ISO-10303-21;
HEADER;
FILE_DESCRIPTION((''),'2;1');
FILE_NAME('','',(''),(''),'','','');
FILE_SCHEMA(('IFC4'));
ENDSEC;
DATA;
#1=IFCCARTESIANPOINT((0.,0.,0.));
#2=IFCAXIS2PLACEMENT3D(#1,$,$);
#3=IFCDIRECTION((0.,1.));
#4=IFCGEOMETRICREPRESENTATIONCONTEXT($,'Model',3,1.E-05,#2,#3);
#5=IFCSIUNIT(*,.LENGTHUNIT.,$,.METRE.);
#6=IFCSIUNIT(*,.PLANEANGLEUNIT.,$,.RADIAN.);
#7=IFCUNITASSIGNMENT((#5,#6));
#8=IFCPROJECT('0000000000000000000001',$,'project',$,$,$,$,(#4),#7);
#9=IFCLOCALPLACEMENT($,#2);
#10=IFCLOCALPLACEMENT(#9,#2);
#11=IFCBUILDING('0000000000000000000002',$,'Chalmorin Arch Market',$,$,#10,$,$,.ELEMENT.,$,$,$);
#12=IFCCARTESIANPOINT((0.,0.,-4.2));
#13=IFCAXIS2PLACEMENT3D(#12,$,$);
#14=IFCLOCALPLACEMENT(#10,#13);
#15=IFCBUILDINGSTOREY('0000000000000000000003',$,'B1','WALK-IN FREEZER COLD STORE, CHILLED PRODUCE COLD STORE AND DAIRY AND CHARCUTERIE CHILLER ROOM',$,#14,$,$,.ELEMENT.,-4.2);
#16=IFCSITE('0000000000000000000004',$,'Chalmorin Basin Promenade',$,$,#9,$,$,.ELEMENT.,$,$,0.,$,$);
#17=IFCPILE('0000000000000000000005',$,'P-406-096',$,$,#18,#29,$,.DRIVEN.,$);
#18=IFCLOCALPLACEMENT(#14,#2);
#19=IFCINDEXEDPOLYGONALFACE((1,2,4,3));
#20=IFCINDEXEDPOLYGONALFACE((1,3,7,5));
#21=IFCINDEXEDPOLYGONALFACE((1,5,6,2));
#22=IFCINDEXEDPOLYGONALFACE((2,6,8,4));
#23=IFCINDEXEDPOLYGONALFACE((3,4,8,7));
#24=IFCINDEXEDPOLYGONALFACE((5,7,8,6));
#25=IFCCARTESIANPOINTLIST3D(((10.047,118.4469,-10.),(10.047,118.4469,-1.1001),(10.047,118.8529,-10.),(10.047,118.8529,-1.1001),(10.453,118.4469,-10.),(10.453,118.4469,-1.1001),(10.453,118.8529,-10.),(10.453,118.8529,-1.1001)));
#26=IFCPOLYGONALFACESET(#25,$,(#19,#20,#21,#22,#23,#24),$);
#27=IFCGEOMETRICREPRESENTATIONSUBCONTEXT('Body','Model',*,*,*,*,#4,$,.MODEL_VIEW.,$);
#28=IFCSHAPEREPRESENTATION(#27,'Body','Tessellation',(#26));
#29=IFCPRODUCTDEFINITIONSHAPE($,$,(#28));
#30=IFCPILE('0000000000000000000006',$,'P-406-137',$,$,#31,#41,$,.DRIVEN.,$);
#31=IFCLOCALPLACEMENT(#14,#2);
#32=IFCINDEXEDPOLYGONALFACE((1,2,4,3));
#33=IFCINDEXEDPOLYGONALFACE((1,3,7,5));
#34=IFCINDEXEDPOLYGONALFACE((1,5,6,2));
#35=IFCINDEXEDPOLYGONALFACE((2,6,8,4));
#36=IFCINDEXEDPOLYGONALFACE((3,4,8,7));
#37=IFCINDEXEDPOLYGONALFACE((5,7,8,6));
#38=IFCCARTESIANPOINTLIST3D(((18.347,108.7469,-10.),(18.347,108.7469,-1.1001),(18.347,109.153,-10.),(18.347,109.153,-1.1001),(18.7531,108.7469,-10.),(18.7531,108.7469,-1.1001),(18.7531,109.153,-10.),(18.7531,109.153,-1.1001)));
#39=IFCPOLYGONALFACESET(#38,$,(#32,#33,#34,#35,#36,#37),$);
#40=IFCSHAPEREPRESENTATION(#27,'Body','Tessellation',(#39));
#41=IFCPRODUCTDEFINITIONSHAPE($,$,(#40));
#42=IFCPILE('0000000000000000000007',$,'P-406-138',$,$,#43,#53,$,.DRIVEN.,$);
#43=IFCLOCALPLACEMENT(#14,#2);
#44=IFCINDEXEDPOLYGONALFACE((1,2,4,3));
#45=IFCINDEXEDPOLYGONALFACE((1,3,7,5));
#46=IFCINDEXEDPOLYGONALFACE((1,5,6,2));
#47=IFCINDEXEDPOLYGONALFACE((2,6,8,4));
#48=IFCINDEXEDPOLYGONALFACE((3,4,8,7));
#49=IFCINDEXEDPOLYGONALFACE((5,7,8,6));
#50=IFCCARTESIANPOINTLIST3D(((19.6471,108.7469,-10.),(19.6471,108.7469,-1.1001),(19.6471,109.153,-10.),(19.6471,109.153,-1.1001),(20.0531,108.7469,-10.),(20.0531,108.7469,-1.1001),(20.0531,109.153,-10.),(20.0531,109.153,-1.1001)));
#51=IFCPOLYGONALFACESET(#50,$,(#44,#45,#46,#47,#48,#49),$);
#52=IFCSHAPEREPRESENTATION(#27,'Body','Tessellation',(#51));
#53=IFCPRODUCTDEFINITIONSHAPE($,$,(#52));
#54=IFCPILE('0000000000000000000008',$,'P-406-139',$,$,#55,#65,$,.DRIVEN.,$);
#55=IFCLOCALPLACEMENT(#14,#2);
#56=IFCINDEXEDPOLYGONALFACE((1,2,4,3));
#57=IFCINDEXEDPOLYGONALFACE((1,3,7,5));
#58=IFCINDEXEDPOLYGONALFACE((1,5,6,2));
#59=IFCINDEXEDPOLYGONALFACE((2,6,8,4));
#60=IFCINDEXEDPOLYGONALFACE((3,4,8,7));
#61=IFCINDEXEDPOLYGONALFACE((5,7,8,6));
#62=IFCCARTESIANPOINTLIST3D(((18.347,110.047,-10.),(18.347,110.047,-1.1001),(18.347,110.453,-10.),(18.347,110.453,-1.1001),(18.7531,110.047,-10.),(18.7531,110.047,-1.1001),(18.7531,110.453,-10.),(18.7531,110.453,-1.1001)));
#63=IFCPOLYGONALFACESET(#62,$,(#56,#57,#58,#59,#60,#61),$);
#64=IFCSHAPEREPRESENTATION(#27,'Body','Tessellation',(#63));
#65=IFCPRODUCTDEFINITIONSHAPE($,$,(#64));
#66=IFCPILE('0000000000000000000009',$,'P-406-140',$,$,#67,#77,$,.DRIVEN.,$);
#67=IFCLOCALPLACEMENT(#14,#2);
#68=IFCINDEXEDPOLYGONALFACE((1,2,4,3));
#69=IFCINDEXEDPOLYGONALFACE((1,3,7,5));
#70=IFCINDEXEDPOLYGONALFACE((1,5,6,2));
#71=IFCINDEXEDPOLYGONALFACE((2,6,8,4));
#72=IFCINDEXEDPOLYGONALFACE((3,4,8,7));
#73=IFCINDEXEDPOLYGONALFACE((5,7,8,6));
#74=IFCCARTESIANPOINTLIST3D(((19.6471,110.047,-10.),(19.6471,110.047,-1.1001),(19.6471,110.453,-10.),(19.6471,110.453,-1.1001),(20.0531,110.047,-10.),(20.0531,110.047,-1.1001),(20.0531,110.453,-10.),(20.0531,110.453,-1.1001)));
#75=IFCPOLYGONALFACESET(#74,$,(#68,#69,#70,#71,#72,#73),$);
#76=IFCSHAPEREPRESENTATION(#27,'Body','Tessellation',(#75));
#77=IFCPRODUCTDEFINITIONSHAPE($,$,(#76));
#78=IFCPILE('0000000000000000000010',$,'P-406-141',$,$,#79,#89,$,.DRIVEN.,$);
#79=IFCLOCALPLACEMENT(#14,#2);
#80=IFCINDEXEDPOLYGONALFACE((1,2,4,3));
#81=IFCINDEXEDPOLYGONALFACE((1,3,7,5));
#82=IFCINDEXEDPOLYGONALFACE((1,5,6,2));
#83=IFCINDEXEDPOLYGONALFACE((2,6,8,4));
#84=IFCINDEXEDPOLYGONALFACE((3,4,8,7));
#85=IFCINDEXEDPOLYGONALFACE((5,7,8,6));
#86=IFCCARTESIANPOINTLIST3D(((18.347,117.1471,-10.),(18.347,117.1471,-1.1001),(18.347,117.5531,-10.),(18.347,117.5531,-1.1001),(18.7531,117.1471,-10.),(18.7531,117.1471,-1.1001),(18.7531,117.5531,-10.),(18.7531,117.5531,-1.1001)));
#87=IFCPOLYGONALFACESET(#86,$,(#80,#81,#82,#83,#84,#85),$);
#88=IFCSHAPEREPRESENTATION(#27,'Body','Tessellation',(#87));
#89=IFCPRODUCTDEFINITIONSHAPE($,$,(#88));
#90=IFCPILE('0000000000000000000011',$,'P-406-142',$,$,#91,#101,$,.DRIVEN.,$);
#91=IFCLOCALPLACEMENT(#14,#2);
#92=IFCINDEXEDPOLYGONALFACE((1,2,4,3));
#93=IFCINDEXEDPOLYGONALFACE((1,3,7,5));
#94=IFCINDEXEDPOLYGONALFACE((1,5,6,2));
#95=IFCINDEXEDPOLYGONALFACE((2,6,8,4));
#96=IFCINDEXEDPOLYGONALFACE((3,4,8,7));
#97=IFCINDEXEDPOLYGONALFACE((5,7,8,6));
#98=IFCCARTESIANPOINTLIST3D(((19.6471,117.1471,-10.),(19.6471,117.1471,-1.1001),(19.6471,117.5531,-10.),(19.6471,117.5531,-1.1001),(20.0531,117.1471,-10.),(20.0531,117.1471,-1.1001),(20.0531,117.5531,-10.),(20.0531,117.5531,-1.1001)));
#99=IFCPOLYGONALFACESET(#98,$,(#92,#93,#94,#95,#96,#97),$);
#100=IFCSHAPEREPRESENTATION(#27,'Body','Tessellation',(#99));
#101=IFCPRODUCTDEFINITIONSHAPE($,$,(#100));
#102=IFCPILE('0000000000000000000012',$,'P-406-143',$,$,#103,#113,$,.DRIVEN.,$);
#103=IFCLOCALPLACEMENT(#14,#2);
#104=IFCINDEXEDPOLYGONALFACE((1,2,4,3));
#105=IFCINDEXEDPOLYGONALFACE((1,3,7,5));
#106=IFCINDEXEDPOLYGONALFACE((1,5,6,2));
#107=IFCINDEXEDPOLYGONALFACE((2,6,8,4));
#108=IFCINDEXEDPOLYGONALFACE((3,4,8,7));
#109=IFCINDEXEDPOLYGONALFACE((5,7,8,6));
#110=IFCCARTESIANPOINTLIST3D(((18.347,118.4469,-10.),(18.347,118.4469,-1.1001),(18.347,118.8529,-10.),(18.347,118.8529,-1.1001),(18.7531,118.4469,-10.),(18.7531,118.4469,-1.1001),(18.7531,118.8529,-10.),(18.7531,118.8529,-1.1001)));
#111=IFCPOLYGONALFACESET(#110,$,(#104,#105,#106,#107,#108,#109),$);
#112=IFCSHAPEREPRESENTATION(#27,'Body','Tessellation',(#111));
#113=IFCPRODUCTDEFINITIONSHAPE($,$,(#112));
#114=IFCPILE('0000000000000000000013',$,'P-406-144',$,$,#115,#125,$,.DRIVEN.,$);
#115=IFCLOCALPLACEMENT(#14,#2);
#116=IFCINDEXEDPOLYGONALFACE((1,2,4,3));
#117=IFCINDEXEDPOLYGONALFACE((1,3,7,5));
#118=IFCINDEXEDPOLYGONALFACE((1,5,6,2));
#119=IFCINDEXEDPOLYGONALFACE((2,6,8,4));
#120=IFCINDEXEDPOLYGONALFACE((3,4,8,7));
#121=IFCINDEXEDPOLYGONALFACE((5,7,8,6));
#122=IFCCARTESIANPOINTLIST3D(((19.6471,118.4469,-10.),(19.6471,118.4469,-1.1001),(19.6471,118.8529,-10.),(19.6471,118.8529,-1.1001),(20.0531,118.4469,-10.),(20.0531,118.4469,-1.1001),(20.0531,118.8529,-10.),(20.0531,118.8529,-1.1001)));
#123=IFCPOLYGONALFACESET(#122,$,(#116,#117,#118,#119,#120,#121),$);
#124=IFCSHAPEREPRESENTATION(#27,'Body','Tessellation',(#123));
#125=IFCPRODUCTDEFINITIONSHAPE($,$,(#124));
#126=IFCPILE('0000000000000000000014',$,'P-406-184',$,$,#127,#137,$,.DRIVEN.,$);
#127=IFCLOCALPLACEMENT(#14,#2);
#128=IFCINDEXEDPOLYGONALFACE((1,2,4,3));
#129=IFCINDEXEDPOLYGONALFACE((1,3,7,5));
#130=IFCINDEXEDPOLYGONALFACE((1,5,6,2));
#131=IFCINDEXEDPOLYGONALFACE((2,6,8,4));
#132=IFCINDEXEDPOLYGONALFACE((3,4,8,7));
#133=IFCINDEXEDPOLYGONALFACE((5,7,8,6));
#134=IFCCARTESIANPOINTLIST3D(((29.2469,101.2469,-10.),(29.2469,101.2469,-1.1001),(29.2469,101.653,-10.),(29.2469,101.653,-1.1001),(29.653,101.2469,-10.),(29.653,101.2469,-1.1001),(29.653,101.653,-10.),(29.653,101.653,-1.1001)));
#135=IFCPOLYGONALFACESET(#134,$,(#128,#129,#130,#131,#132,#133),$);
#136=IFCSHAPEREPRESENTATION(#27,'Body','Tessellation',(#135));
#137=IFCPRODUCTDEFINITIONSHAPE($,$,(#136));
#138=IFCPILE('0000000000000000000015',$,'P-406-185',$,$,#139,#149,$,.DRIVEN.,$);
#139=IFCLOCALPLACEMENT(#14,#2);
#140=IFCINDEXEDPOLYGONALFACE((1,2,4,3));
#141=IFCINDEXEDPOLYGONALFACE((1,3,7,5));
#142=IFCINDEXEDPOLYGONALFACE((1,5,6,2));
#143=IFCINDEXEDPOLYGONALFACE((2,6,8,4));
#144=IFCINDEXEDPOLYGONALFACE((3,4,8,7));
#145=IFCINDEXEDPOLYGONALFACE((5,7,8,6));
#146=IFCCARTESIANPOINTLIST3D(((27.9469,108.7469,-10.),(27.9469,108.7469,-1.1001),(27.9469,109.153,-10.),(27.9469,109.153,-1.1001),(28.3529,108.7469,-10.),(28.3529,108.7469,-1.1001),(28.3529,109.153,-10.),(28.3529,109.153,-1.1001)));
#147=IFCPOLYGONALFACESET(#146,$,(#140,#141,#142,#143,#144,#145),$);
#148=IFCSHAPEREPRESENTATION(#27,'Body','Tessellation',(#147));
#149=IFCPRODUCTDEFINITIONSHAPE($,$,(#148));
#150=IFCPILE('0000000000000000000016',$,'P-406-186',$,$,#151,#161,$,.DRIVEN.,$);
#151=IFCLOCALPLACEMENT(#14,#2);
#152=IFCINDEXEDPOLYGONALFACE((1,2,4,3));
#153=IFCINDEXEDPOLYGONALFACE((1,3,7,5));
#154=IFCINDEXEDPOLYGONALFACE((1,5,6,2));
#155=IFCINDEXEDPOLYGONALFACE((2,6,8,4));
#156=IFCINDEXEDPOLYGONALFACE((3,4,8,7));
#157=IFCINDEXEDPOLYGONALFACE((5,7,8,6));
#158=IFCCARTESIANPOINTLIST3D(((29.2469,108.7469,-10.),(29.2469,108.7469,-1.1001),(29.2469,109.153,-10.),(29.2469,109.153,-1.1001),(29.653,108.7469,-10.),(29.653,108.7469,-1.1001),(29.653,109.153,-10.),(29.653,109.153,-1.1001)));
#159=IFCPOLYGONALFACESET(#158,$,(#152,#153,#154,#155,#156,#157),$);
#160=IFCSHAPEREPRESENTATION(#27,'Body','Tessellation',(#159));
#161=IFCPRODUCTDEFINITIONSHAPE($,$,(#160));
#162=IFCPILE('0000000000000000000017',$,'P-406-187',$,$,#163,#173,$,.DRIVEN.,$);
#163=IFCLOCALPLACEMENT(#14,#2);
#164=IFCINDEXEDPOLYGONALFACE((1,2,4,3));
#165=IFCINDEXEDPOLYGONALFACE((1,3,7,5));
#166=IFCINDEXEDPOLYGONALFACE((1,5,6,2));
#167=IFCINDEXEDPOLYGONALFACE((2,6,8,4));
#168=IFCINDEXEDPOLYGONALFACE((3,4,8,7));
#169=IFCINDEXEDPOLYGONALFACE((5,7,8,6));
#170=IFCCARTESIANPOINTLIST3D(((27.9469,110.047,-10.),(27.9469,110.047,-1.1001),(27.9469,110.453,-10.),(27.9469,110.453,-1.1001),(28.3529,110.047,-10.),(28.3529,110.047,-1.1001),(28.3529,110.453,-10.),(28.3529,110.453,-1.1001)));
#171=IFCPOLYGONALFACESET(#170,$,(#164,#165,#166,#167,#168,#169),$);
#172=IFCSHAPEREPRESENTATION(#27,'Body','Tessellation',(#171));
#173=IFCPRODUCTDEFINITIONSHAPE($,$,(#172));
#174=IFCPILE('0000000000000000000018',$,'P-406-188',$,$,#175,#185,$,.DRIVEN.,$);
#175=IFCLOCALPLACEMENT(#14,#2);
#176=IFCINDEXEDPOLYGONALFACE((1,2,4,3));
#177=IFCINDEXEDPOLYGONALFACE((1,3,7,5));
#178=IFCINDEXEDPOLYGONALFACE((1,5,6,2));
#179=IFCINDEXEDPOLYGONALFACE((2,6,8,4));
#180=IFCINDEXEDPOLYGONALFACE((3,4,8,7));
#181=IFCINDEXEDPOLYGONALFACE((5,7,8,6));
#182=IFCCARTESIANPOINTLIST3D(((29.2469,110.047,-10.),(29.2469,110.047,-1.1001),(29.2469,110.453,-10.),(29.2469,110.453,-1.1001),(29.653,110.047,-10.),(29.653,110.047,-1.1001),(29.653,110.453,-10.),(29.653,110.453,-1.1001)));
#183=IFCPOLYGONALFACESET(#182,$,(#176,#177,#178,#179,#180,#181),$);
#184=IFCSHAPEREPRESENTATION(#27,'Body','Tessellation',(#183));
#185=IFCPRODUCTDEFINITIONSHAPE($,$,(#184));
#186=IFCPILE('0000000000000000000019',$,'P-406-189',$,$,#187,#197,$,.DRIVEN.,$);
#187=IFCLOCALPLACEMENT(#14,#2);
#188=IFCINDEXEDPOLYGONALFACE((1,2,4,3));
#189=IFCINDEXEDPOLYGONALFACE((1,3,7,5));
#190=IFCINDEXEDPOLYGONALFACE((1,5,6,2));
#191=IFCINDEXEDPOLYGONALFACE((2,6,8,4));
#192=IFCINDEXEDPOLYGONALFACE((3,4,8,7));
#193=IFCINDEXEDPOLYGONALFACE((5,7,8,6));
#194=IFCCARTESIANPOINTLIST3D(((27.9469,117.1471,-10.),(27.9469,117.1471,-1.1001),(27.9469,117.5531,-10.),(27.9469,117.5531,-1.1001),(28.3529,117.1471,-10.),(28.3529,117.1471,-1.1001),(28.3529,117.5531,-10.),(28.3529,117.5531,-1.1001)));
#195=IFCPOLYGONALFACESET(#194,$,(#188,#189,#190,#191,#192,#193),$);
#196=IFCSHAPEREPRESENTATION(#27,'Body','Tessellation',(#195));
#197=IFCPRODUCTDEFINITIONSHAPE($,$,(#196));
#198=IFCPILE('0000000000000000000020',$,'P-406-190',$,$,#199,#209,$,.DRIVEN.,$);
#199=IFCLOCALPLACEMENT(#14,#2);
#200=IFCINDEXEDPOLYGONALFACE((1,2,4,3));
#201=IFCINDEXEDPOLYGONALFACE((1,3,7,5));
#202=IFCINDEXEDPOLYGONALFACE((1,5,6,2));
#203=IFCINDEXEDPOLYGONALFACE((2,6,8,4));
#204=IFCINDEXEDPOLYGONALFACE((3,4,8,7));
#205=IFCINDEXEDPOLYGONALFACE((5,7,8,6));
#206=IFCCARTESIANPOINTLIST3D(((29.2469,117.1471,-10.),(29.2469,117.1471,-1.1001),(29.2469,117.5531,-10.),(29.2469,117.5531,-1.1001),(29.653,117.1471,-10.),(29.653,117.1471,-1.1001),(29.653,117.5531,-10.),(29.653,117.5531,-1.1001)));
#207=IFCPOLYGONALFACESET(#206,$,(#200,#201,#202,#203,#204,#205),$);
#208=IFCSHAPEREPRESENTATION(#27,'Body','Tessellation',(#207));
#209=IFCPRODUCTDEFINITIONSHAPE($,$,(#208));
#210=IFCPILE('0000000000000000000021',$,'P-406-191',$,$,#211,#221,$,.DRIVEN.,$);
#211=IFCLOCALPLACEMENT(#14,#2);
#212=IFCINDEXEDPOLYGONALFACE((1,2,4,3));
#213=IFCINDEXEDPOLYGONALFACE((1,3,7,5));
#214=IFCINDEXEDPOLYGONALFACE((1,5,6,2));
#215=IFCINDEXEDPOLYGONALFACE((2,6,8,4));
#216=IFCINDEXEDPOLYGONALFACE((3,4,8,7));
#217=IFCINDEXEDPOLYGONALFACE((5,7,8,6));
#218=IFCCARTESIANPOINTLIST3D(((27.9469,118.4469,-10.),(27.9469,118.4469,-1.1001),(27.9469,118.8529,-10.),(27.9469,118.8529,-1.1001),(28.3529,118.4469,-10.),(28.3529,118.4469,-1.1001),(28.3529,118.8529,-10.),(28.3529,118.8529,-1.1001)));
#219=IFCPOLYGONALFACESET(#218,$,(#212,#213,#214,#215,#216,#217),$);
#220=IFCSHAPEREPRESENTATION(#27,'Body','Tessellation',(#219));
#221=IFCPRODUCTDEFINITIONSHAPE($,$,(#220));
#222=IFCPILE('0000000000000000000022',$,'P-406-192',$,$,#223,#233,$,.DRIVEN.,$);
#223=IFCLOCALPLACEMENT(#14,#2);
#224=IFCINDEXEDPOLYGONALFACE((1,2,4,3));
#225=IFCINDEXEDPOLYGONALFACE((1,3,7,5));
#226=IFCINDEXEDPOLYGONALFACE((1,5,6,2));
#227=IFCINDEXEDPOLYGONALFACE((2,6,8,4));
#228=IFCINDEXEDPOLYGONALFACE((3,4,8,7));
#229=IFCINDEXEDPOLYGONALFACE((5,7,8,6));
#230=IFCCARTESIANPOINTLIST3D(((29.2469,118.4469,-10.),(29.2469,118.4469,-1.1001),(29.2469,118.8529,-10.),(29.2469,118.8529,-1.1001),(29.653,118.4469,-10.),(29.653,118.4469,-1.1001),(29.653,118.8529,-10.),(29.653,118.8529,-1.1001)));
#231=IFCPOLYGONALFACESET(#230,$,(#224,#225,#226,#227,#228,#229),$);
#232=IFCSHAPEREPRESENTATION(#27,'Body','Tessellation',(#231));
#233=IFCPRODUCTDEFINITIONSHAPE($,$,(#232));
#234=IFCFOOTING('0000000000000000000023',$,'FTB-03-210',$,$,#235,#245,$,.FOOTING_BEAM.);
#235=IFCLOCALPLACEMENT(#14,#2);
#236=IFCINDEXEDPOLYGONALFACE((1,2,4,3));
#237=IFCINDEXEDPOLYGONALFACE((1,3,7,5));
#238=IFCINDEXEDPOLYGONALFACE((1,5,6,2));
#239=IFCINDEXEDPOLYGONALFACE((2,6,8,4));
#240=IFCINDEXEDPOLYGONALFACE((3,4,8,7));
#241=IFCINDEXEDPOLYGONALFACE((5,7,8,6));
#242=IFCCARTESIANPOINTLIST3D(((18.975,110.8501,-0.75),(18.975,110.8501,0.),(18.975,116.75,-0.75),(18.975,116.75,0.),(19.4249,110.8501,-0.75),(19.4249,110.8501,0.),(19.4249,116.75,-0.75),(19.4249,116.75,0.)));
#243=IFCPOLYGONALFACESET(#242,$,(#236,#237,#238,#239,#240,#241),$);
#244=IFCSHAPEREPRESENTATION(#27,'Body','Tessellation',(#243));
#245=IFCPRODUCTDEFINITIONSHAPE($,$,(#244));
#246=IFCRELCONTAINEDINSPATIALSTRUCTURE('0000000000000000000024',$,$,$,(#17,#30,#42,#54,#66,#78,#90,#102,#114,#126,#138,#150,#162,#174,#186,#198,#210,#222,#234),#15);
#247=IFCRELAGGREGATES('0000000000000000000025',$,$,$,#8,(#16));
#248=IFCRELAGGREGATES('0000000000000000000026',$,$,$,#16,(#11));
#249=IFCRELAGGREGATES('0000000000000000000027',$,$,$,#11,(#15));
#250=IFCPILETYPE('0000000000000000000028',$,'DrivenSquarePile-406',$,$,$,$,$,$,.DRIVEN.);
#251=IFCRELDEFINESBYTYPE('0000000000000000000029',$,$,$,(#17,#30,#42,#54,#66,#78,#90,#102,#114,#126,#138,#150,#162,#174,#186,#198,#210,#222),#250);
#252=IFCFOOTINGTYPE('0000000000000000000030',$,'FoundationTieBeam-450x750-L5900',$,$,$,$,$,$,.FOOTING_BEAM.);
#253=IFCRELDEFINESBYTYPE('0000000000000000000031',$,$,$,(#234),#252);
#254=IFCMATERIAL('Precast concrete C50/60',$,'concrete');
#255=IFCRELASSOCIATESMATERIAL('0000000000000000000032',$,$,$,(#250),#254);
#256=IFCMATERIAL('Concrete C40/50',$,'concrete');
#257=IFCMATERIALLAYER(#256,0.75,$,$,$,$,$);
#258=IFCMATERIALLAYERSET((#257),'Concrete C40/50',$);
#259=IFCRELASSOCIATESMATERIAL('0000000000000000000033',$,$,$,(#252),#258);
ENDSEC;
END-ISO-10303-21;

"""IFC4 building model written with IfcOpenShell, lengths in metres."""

from ifc_helpers import new_model, si_unit, direction, frame, origin, origin_2d, place, context, subcontext, project, spatial, rectangle, extrude, material, layer, layer_set, material_profile, profile_set, type_object, element, save


model = new_model("IFC4")

# Units and contexts
model_context = context("Model", 3, precision=1e-05, world=origin(), true_north=direction((0.0, 1.0)))
body_context = subcontext(model_context, "Body", "Model", "MODEL_VIEW")
ifc_project = project(units=[si_unit("LENGTHUNIT", "METRE"), si_unit("PLANEANGLEUNIT", "RADIAN")], contexts=[model_context])

# Site, building, storey
site_placement = place(None, origin())
site = spatial("IfcSite", under=ifc_project, at=site_placement, Name="Chalmorin Basin Promenade", CompositionType="ELEMENT", RefElevation=0.0)
building_placement = place(site_placement, origin())
building = spatial("IfcBuilding", under=site, at=building_placement, Name="Chalmorin Arch Market", CompositionType="ELEMENT")
storey_placement = place(building_placement, frame((0.0, 0.0, -4.2)))
storey = spatial("IfcBuildingStorey", under=building, at=storey_placement, Name="B1", Description="WALK-IN FREEZER COLD STORE, CHILLED PRODUCE COLD STORE AND DAIRY AND CHARCUTERIE CHILLER ROOM", CompositionType="ELEMENT", Elevation=-4.2)

# Piles
ifc_material_1 = material(Name="Precast concrete C50/60", Category="concrete")
ifc_material_profile_1 = material_profile(ifc_material_1, rectangle(XDim=0.406, YDim=0.406, at=origin_2d()), Name="PPC406")
ifc_profile_set_1 = profile_set([ifc_material_profile_1], Name="Precast concrete C50/60")
pile_type = type_object("IfcPileType", Name="DrivenSquarePile-406", PredefinedType="DRIVEN", material=ifc_profile_set_1)
for number, where, z_axis, x_axis, name in (
    (1, (10.25, 118.6499, -1.1001), (0.0, 0.0, -1.0), (1.0, 0.0, 0.0), "P-406-096"),
    (2, (18.55, 108.95, -1.1001), (0.0, 0.0, -1.0), (1.0, 0.0, 0.0), "P-406-137"),
    (3, (19.8501, 108.95, -1.1001), (0.0, 0.0, -1.0), (1.0, 0.0, 0.0), "P-406-138"),
    (4, (18.55, 110.25, -1.1001), (0.0, 0.0, -1.0), (1.0, 0.0, 0.0), "P-406-139"),
    (5, (19.8501, 110.25, -1.1001), (0.0, 0.0, -1.0), (1.0, 0.0, 0.0), "P-406-140"),
    (6, (18.55, 117.3501, -1.1001), (0.0, 0.0, -1.0), (1.0, 0.0, 0.0), "P-406-141"),
    (7, (19.8501, 117.3501, -1.1001), (0.0, 0.0, -1.0), (1.0, 0.0, 0.0), "P-406-142"),
    (8, (18.55, 118.6499, -1.1001), (0.0, 0.0, -1.0), (1.0, 0.0, 0.0), "P-406-143"),
    (9, (19.8501, 118.6499, -1.1001), (0.0, 0.0, -1.0), (1.0, 0.0, 0.0), "P-406-144"),
    (10, (29.45, 101.45, -1.1001), (0.0, 0.0, -1.0), (1.0, 0.0, 0.0), "P-406-184"),
    (11, (28.1499, 108.95, -1.1001), (0.0, 0.0, -1.0), (1.0, 0.0, 0.0), "P-406-185"),
    (12, (29.45, 108.95, -1.1001), (0.0, 0.0, -1.0), (1.0, 0.0, 0.0), "P-406-186"),
    (13, (28.1499, 110.25, -1.1001), (0.0, 0.0, -1.0), (1.0, 0.0, 0.0), "P-406-187"),
    (14, (29.45, 110.25, -1.1001), (0.0, 0.0, -1.0), (1.0, 0.0, 0.0), "P-406-188"),
    (15, (28.1499, 117.3501, -1.1001), (0.0, 0.0, -1.0), (1.0, 0.0, 0.0), "P-406-189"),
    (16, (29.45, 117.3501, -1.1001), (0.0, 0.0, -1.0), (1.0, 0.0, 0.0), "P-406-190"),
    (17, (28.1499, 118.6499, -1.1001), (0.0, 0.0, -1.0), (1.0, 0.0, 0.0), "P-406-191"),
    (18, (29.45, 118.6499, -1.1001), (0.0, 0.0, -1.0), (1.0, 0.0, 0.0), "P-406-192"),
):
    element("IfcPile", number, at=place(storey_placement, frame(where, z_axis=z_axis, x_axis=x_axis)), inside=storey, type_object=pile_type, Name=name, PredefinedType="DRIVEN", context=body_context, shape_type="SweptSolid", body=[
        extrude(rectangle(XDim=0.406, YDim=0.406, at=origin_2d()), origin(), (0.0, 0.0, 1.0), 8.8999),
    ])

# Footing
ifc_material_2 = material(Name="Concrete C40/50", Category="concrete")
ifc_layer_1 = layer(ifc_material_2, 0.75)
ifc_layer_set_1 = layer_set([ifc_layer_1], Name="Concrete C40/50")
footing_type_1 = type_object("IfcFootingType", Name="FoundationTieBeam-450x750-L5900", PredefinedType="FOOTING_BEAM", material=ifc_layer_set_1)
footing_1_placement = place(storey_placement, frame((19.2, 113.8, -0.75), z_axis=(0.0, 0.0, 1.0), x_axis=(0.0, 1.0, 0.0)))
element("IfcFooting", 19, at=footing_1_placement, inside=storey, type_object=footing_type_1, Name="FTB-03-210", PredefinedType="FOOTING_BEAM", context=body_context, shape_type="SweptSolid", body=[
    extrude(rectangle(XDim=5.8999, YDim=0.45, at=origin_2d()), origin(), (0.0, 0.0, 1.0), 0.75),
])

save(model, "model.ifc")
